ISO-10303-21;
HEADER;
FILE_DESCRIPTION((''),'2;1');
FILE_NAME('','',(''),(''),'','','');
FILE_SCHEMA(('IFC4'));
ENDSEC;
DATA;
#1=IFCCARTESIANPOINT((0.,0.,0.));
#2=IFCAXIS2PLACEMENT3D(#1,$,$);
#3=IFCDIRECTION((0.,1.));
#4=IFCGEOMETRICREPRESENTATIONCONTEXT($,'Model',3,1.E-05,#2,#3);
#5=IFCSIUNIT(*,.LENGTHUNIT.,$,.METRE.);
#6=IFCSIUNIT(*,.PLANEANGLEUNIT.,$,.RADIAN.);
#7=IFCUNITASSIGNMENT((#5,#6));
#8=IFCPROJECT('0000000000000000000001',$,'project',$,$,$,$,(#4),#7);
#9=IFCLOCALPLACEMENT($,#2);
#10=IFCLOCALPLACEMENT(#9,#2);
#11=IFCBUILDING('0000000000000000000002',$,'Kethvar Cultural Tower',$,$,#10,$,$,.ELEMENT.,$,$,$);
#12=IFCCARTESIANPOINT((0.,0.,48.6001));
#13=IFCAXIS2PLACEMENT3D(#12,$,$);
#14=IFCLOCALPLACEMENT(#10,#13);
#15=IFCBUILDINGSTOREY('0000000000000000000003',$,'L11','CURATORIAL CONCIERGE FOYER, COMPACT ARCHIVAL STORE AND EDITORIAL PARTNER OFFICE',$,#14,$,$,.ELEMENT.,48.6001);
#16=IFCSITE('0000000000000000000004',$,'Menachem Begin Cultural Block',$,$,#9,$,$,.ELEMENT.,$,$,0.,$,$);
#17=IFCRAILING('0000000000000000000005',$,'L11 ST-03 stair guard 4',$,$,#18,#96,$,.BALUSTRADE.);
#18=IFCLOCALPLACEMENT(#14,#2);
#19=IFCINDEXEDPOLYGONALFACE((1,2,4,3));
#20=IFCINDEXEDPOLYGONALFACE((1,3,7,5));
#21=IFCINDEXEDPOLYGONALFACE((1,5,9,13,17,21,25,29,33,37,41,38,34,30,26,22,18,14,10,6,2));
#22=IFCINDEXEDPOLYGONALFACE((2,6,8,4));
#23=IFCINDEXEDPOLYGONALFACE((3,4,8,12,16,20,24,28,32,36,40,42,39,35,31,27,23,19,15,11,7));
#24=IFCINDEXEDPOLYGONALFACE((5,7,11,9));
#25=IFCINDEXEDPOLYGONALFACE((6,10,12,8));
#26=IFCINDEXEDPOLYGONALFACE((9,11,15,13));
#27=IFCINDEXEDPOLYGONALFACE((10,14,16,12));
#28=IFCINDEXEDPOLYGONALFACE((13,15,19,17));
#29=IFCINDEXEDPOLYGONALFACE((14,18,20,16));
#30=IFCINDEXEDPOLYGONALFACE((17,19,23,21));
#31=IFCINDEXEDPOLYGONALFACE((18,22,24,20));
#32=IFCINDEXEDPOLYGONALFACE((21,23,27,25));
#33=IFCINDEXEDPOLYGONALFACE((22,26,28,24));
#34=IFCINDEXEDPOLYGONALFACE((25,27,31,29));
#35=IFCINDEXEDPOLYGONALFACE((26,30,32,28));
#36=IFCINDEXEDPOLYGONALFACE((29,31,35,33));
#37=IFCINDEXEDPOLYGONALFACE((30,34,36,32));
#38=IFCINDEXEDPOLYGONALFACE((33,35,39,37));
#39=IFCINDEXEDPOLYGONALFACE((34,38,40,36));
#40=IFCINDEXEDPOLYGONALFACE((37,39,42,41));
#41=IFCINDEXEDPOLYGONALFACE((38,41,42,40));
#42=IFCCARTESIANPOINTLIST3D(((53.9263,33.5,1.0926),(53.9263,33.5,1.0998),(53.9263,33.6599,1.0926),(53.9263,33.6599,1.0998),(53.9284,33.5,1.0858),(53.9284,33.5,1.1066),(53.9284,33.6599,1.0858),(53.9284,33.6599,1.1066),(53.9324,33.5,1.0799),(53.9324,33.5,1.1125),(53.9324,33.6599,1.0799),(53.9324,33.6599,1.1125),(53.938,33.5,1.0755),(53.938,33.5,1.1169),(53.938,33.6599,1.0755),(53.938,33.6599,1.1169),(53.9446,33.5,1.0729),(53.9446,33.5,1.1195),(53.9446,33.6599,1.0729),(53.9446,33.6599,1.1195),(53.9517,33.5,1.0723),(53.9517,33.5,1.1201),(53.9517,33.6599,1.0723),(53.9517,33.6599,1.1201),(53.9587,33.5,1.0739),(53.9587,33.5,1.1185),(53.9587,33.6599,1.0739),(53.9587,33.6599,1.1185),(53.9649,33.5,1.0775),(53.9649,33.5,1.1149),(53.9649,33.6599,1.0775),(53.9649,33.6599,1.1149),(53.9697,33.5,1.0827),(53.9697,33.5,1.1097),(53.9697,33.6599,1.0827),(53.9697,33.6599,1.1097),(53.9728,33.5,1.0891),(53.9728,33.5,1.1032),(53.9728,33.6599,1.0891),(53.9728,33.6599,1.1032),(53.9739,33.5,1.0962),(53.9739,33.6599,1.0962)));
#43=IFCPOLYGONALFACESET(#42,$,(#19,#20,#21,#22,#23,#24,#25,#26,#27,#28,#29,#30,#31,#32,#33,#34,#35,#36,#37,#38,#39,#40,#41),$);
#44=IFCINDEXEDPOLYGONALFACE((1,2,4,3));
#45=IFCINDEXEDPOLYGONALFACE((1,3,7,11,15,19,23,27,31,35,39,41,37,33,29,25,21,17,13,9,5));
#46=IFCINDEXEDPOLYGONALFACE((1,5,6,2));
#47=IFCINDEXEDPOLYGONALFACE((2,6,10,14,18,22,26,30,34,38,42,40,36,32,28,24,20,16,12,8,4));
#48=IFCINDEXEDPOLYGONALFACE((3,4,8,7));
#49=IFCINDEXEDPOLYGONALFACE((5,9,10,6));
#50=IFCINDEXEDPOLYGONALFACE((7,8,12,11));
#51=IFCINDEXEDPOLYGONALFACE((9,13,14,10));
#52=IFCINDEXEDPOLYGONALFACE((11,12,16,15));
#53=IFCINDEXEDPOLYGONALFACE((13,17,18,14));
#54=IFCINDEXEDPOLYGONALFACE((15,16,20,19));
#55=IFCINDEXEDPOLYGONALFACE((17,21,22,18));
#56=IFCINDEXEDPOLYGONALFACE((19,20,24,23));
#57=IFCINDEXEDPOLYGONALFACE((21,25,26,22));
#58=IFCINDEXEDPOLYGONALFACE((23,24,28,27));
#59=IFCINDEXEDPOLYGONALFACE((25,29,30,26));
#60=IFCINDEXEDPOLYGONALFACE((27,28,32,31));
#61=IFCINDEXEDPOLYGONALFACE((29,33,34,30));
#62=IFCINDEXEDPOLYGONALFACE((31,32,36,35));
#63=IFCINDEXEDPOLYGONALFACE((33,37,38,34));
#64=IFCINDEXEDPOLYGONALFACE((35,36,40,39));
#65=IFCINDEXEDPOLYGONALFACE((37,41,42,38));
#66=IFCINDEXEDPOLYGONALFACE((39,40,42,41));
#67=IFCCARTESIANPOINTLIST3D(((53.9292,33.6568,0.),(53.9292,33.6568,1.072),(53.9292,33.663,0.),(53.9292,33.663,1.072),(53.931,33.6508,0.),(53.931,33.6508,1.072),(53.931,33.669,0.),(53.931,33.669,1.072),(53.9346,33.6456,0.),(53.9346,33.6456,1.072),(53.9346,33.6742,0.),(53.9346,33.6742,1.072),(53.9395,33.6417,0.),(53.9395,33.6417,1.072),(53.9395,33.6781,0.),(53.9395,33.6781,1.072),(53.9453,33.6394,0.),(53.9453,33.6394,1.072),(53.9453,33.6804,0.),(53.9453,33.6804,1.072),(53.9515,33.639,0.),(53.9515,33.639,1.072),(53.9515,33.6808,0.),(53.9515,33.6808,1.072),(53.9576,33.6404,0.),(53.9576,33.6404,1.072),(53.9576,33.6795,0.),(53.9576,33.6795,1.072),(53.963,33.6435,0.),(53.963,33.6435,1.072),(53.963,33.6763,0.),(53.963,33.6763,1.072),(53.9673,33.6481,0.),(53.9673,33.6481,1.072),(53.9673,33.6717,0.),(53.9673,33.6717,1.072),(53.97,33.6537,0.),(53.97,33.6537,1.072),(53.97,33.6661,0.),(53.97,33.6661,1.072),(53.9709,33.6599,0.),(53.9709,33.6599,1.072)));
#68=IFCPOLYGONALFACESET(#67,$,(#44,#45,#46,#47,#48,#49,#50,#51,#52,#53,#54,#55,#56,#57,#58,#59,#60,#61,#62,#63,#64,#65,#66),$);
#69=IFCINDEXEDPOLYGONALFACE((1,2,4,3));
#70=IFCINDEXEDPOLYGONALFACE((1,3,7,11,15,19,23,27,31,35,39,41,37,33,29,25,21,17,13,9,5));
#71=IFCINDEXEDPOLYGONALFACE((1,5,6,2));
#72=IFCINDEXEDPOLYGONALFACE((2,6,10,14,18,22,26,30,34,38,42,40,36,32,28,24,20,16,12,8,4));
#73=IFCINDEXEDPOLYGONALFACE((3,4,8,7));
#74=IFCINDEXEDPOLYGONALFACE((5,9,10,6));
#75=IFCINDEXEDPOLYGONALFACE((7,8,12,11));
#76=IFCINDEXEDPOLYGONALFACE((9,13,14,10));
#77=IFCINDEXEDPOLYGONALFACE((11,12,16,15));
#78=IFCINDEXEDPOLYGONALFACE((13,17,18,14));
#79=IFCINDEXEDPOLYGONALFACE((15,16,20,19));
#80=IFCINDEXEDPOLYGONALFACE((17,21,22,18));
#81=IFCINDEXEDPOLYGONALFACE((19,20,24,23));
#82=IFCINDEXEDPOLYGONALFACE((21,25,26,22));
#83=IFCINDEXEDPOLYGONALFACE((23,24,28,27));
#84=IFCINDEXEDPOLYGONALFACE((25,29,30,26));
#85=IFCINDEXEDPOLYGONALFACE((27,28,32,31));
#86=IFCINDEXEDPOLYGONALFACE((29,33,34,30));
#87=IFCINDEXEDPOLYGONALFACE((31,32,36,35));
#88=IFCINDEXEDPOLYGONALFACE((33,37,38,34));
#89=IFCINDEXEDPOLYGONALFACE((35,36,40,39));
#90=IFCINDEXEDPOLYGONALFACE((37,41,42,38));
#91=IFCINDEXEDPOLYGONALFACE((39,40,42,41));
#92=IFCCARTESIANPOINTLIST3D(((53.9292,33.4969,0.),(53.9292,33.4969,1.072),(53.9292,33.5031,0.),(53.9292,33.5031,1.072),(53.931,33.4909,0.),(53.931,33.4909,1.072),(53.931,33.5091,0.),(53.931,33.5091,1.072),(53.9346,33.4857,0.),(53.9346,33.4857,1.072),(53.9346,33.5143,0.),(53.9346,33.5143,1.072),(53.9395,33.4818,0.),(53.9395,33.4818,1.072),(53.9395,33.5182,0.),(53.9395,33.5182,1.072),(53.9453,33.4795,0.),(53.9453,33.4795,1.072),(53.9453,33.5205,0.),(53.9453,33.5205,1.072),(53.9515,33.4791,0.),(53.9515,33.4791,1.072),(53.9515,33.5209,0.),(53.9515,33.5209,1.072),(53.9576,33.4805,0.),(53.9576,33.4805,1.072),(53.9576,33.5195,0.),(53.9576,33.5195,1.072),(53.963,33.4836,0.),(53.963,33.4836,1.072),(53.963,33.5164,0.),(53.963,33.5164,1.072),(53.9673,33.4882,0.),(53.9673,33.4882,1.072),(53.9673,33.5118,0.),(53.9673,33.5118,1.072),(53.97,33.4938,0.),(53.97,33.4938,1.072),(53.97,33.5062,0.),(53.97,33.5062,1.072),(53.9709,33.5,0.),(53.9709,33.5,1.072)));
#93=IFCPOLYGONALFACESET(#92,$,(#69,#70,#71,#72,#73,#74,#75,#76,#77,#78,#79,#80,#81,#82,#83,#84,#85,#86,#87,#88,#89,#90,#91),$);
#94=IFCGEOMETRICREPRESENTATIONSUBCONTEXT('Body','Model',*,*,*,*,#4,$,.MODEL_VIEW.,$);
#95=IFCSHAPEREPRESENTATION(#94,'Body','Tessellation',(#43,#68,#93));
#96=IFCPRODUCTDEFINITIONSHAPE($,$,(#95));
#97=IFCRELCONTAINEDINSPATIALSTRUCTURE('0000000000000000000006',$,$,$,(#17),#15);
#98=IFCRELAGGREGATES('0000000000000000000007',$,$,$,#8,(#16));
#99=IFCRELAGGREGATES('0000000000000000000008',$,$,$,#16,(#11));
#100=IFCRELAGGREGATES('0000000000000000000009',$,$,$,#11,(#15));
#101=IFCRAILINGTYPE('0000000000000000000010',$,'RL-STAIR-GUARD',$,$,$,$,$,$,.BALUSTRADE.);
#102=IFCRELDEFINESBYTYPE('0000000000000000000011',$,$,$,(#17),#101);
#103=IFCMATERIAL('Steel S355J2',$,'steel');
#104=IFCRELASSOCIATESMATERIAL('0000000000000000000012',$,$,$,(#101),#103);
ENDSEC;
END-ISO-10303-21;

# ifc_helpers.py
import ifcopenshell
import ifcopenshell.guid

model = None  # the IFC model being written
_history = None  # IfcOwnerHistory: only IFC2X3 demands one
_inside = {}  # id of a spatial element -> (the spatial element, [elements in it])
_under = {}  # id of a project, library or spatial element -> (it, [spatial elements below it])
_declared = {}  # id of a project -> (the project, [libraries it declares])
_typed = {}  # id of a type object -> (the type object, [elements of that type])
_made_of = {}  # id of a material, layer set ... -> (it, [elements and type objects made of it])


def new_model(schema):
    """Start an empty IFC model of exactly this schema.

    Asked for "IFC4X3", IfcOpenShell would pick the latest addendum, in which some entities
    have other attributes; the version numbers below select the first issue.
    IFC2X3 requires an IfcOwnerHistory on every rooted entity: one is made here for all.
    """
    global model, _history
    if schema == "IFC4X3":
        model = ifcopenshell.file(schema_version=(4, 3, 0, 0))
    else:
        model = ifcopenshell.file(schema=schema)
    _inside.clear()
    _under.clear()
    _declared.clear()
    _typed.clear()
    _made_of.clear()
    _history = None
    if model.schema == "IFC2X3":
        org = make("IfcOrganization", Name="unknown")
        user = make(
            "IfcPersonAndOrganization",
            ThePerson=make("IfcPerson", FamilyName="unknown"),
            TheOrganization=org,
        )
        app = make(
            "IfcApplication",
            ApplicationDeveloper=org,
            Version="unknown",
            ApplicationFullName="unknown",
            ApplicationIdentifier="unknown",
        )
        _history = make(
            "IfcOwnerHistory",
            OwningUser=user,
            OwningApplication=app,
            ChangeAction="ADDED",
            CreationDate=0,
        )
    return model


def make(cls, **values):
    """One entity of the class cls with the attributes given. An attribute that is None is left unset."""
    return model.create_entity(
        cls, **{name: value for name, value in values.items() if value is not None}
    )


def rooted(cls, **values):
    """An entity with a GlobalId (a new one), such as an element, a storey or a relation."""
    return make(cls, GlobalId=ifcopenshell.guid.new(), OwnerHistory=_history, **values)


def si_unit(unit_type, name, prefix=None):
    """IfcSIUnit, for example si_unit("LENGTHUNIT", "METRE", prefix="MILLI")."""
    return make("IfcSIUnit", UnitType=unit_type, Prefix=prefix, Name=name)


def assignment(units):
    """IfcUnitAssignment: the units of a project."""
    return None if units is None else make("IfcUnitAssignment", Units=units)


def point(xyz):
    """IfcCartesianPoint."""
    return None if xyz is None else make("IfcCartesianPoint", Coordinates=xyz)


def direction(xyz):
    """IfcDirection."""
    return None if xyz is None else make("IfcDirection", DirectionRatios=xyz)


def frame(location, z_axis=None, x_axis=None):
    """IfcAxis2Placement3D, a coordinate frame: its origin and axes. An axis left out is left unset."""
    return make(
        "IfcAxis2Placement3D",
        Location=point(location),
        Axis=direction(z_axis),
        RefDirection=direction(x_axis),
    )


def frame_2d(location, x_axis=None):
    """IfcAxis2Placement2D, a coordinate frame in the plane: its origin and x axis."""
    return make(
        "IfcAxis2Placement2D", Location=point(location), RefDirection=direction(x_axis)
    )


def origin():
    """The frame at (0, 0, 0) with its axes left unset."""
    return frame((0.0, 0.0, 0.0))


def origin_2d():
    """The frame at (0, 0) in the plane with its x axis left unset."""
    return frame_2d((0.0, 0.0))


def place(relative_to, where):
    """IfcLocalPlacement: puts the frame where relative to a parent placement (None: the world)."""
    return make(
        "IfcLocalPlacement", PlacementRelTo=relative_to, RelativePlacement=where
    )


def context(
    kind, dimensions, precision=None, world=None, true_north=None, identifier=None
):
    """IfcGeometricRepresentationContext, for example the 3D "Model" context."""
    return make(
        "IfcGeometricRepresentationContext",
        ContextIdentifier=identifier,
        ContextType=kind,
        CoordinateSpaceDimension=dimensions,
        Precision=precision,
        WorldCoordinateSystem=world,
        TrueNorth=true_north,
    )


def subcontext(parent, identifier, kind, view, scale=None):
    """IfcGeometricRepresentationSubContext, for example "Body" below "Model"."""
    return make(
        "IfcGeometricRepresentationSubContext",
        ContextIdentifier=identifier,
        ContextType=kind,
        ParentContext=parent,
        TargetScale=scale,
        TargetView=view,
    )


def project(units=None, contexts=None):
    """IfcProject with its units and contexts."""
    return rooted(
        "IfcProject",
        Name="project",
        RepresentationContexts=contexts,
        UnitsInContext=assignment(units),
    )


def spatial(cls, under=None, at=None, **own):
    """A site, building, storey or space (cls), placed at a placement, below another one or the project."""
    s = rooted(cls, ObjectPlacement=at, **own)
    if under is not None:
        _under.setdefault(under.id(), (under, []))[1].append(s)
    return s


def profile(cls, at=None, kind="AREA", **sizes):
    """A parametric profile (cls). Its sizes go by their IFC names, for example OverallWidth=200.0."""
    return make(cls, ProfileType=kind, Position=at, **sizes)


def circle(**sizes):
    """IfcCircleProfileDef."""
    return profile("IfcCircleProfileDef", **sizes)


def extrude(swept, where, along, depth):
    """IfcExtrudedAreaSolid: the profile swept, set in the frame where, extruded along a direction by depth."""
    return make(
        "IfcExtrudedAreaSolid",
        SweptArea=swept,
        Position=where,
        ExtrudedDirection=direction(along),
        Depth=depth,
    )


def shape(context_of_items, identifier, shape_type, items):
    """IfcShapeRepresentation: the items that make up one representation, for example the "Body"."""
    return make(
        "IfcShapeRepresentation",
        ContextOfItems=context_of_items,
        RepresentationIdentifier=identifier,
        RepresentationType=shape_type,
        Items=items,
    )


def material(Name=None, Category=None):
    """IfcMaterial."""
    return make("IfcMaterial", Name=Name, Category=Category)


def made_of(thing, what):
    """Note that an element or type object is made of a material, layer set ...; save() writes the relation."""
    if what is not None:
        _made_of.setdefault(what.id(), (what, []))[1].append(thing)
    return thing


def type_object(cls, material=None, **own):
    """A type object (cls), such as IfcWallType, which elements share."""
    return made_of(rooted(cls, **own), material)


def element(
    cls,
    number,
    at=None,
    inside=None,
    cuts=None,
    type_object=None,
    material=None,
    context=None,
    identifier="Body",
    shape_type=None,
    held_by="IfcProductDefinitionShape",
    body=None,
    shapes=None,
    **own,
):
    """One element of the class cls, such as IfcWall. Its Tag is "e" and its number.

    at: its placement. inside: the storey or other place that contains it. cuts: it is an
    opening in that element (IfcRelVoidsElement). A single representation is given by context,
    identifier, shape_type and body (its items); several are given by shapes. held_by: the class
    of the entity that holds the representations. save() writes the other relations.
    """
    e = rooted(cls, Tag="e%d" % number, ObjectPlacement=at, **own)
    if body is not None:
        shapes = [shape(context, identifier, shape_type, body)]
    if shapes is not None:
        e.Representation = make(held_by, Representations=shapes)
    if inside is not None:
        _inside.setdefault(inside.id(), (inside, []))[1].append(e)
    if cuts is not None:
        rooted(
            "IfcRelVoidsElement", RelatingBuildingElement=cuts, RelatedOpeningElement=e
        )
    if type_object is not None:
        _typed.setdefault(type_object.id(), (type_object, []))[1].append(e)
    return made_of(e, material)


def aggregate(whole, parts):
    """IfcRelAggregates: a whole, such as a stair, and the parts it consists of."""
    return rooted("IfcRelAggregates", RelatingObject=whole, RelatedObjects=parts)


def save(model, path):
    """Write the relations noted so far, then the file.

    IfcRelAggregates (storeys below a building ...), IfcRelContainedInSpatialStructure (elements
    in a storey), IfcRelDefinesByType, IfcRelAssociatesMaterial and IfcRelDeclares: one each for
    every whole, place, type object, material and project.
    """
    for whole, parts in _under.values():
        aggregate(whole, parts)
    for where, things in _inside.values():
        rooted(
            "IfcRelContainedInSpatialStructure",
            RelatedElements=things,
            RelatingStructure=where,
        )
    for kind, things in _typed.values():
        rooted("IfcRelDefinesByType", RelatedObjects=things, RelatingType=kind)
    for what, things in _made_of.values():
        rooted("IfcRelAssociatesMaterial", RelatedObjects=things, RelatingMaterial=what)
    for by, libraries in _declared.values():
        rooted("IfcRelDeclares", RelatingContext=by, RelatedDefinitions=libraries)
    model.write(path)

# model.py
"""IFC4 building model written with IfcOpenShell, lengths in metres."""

from ifc_helpers import new_model, si_unit, direction, frame, origin, origin_2d, place, context, subcontext, project, spatial, circle, extrude, material, type_object, element, save


model = new_model("IFC4")

# Units and contexts
model_context = context("Model", 3, precision=1e-05, world=origin(), true_north=direction((0.0, 1.0)))
body_context = subcontext(model_context, "Body", "Model", "MODEL_VIEW")
ifc_project = project(units=[si_unit("LENGTHUNIT", "METRE"), si_unit("PLANEANGLEUNIT", "RADIAN")], contexts=[model_context])

# Site, building, storey
site_placement = place(None, origin())
site = spatial("IfcSite", under=ifc_project, at=site_placement, Name="Menachem Begin Cultural Block", CompositionType="ELEMENT", RefElevation=0.0)
building_placement = place(site_placement, origin())
building = spatial("IfcBuilding", under=site, at=building_placement, Name="Kethvar Cultural Tower", CompositionType="ELEMENT")
storey_placement = place(building_placement, frame((0.0, 0.0, 48.6001)))
storey = spatial("IfcBuildingStorey", under=building, at=storey_placement, Name="L11", Description="CURATORIAL CONCIERGE FOYER, COMPACT ARCHIVAL STORE AND EDITORIAL PARTNER OFFICE", CompositionType="ELEMENT", Elevation=48.6001)

# Shared definitions
ifc_material_1 = material(Name="Steel S355J2", Category="steel")

# Railing
railing_type_1 = type_object("IfcRailingType", Name="RL-STAIR-GUARD", PredefinedType="BALUSTRADE", material=ifc_material_1)
railing_1_placement = place(storey_placement, frame((53.95, 33.6599, 0.0)))
element("IfcRailing", 1, at=railing_1_placement, inside=storey, type_object=railing_type_1, Name="L11 ST-03 stair guard 4", PredefinedType="BALUSTRADE", context=body_context, shape_type="SweptSolid", body=[
    extrude(circle(Radius=0.0239, at=origin_2d()), frame((0.0, 0.0, 1.0962), z_axis=(0.0, -1.0, 0.0), x_axis=(1.0, 0.0, 0.0)), (0.0, 0.0, 1.0), 0.1599),
    extrude(circle(Radius=0.021, at=origin_2d()), origin(), (0.0, 0.0, 1.0), 1.072),
    extrude(circle(Radius=0.021, at=origin_2d()), frame((0.0, -0.1599, 0.0)), (0.0, 0.0, 1.0), 1.072),
])

save(model, "model.ifc")
